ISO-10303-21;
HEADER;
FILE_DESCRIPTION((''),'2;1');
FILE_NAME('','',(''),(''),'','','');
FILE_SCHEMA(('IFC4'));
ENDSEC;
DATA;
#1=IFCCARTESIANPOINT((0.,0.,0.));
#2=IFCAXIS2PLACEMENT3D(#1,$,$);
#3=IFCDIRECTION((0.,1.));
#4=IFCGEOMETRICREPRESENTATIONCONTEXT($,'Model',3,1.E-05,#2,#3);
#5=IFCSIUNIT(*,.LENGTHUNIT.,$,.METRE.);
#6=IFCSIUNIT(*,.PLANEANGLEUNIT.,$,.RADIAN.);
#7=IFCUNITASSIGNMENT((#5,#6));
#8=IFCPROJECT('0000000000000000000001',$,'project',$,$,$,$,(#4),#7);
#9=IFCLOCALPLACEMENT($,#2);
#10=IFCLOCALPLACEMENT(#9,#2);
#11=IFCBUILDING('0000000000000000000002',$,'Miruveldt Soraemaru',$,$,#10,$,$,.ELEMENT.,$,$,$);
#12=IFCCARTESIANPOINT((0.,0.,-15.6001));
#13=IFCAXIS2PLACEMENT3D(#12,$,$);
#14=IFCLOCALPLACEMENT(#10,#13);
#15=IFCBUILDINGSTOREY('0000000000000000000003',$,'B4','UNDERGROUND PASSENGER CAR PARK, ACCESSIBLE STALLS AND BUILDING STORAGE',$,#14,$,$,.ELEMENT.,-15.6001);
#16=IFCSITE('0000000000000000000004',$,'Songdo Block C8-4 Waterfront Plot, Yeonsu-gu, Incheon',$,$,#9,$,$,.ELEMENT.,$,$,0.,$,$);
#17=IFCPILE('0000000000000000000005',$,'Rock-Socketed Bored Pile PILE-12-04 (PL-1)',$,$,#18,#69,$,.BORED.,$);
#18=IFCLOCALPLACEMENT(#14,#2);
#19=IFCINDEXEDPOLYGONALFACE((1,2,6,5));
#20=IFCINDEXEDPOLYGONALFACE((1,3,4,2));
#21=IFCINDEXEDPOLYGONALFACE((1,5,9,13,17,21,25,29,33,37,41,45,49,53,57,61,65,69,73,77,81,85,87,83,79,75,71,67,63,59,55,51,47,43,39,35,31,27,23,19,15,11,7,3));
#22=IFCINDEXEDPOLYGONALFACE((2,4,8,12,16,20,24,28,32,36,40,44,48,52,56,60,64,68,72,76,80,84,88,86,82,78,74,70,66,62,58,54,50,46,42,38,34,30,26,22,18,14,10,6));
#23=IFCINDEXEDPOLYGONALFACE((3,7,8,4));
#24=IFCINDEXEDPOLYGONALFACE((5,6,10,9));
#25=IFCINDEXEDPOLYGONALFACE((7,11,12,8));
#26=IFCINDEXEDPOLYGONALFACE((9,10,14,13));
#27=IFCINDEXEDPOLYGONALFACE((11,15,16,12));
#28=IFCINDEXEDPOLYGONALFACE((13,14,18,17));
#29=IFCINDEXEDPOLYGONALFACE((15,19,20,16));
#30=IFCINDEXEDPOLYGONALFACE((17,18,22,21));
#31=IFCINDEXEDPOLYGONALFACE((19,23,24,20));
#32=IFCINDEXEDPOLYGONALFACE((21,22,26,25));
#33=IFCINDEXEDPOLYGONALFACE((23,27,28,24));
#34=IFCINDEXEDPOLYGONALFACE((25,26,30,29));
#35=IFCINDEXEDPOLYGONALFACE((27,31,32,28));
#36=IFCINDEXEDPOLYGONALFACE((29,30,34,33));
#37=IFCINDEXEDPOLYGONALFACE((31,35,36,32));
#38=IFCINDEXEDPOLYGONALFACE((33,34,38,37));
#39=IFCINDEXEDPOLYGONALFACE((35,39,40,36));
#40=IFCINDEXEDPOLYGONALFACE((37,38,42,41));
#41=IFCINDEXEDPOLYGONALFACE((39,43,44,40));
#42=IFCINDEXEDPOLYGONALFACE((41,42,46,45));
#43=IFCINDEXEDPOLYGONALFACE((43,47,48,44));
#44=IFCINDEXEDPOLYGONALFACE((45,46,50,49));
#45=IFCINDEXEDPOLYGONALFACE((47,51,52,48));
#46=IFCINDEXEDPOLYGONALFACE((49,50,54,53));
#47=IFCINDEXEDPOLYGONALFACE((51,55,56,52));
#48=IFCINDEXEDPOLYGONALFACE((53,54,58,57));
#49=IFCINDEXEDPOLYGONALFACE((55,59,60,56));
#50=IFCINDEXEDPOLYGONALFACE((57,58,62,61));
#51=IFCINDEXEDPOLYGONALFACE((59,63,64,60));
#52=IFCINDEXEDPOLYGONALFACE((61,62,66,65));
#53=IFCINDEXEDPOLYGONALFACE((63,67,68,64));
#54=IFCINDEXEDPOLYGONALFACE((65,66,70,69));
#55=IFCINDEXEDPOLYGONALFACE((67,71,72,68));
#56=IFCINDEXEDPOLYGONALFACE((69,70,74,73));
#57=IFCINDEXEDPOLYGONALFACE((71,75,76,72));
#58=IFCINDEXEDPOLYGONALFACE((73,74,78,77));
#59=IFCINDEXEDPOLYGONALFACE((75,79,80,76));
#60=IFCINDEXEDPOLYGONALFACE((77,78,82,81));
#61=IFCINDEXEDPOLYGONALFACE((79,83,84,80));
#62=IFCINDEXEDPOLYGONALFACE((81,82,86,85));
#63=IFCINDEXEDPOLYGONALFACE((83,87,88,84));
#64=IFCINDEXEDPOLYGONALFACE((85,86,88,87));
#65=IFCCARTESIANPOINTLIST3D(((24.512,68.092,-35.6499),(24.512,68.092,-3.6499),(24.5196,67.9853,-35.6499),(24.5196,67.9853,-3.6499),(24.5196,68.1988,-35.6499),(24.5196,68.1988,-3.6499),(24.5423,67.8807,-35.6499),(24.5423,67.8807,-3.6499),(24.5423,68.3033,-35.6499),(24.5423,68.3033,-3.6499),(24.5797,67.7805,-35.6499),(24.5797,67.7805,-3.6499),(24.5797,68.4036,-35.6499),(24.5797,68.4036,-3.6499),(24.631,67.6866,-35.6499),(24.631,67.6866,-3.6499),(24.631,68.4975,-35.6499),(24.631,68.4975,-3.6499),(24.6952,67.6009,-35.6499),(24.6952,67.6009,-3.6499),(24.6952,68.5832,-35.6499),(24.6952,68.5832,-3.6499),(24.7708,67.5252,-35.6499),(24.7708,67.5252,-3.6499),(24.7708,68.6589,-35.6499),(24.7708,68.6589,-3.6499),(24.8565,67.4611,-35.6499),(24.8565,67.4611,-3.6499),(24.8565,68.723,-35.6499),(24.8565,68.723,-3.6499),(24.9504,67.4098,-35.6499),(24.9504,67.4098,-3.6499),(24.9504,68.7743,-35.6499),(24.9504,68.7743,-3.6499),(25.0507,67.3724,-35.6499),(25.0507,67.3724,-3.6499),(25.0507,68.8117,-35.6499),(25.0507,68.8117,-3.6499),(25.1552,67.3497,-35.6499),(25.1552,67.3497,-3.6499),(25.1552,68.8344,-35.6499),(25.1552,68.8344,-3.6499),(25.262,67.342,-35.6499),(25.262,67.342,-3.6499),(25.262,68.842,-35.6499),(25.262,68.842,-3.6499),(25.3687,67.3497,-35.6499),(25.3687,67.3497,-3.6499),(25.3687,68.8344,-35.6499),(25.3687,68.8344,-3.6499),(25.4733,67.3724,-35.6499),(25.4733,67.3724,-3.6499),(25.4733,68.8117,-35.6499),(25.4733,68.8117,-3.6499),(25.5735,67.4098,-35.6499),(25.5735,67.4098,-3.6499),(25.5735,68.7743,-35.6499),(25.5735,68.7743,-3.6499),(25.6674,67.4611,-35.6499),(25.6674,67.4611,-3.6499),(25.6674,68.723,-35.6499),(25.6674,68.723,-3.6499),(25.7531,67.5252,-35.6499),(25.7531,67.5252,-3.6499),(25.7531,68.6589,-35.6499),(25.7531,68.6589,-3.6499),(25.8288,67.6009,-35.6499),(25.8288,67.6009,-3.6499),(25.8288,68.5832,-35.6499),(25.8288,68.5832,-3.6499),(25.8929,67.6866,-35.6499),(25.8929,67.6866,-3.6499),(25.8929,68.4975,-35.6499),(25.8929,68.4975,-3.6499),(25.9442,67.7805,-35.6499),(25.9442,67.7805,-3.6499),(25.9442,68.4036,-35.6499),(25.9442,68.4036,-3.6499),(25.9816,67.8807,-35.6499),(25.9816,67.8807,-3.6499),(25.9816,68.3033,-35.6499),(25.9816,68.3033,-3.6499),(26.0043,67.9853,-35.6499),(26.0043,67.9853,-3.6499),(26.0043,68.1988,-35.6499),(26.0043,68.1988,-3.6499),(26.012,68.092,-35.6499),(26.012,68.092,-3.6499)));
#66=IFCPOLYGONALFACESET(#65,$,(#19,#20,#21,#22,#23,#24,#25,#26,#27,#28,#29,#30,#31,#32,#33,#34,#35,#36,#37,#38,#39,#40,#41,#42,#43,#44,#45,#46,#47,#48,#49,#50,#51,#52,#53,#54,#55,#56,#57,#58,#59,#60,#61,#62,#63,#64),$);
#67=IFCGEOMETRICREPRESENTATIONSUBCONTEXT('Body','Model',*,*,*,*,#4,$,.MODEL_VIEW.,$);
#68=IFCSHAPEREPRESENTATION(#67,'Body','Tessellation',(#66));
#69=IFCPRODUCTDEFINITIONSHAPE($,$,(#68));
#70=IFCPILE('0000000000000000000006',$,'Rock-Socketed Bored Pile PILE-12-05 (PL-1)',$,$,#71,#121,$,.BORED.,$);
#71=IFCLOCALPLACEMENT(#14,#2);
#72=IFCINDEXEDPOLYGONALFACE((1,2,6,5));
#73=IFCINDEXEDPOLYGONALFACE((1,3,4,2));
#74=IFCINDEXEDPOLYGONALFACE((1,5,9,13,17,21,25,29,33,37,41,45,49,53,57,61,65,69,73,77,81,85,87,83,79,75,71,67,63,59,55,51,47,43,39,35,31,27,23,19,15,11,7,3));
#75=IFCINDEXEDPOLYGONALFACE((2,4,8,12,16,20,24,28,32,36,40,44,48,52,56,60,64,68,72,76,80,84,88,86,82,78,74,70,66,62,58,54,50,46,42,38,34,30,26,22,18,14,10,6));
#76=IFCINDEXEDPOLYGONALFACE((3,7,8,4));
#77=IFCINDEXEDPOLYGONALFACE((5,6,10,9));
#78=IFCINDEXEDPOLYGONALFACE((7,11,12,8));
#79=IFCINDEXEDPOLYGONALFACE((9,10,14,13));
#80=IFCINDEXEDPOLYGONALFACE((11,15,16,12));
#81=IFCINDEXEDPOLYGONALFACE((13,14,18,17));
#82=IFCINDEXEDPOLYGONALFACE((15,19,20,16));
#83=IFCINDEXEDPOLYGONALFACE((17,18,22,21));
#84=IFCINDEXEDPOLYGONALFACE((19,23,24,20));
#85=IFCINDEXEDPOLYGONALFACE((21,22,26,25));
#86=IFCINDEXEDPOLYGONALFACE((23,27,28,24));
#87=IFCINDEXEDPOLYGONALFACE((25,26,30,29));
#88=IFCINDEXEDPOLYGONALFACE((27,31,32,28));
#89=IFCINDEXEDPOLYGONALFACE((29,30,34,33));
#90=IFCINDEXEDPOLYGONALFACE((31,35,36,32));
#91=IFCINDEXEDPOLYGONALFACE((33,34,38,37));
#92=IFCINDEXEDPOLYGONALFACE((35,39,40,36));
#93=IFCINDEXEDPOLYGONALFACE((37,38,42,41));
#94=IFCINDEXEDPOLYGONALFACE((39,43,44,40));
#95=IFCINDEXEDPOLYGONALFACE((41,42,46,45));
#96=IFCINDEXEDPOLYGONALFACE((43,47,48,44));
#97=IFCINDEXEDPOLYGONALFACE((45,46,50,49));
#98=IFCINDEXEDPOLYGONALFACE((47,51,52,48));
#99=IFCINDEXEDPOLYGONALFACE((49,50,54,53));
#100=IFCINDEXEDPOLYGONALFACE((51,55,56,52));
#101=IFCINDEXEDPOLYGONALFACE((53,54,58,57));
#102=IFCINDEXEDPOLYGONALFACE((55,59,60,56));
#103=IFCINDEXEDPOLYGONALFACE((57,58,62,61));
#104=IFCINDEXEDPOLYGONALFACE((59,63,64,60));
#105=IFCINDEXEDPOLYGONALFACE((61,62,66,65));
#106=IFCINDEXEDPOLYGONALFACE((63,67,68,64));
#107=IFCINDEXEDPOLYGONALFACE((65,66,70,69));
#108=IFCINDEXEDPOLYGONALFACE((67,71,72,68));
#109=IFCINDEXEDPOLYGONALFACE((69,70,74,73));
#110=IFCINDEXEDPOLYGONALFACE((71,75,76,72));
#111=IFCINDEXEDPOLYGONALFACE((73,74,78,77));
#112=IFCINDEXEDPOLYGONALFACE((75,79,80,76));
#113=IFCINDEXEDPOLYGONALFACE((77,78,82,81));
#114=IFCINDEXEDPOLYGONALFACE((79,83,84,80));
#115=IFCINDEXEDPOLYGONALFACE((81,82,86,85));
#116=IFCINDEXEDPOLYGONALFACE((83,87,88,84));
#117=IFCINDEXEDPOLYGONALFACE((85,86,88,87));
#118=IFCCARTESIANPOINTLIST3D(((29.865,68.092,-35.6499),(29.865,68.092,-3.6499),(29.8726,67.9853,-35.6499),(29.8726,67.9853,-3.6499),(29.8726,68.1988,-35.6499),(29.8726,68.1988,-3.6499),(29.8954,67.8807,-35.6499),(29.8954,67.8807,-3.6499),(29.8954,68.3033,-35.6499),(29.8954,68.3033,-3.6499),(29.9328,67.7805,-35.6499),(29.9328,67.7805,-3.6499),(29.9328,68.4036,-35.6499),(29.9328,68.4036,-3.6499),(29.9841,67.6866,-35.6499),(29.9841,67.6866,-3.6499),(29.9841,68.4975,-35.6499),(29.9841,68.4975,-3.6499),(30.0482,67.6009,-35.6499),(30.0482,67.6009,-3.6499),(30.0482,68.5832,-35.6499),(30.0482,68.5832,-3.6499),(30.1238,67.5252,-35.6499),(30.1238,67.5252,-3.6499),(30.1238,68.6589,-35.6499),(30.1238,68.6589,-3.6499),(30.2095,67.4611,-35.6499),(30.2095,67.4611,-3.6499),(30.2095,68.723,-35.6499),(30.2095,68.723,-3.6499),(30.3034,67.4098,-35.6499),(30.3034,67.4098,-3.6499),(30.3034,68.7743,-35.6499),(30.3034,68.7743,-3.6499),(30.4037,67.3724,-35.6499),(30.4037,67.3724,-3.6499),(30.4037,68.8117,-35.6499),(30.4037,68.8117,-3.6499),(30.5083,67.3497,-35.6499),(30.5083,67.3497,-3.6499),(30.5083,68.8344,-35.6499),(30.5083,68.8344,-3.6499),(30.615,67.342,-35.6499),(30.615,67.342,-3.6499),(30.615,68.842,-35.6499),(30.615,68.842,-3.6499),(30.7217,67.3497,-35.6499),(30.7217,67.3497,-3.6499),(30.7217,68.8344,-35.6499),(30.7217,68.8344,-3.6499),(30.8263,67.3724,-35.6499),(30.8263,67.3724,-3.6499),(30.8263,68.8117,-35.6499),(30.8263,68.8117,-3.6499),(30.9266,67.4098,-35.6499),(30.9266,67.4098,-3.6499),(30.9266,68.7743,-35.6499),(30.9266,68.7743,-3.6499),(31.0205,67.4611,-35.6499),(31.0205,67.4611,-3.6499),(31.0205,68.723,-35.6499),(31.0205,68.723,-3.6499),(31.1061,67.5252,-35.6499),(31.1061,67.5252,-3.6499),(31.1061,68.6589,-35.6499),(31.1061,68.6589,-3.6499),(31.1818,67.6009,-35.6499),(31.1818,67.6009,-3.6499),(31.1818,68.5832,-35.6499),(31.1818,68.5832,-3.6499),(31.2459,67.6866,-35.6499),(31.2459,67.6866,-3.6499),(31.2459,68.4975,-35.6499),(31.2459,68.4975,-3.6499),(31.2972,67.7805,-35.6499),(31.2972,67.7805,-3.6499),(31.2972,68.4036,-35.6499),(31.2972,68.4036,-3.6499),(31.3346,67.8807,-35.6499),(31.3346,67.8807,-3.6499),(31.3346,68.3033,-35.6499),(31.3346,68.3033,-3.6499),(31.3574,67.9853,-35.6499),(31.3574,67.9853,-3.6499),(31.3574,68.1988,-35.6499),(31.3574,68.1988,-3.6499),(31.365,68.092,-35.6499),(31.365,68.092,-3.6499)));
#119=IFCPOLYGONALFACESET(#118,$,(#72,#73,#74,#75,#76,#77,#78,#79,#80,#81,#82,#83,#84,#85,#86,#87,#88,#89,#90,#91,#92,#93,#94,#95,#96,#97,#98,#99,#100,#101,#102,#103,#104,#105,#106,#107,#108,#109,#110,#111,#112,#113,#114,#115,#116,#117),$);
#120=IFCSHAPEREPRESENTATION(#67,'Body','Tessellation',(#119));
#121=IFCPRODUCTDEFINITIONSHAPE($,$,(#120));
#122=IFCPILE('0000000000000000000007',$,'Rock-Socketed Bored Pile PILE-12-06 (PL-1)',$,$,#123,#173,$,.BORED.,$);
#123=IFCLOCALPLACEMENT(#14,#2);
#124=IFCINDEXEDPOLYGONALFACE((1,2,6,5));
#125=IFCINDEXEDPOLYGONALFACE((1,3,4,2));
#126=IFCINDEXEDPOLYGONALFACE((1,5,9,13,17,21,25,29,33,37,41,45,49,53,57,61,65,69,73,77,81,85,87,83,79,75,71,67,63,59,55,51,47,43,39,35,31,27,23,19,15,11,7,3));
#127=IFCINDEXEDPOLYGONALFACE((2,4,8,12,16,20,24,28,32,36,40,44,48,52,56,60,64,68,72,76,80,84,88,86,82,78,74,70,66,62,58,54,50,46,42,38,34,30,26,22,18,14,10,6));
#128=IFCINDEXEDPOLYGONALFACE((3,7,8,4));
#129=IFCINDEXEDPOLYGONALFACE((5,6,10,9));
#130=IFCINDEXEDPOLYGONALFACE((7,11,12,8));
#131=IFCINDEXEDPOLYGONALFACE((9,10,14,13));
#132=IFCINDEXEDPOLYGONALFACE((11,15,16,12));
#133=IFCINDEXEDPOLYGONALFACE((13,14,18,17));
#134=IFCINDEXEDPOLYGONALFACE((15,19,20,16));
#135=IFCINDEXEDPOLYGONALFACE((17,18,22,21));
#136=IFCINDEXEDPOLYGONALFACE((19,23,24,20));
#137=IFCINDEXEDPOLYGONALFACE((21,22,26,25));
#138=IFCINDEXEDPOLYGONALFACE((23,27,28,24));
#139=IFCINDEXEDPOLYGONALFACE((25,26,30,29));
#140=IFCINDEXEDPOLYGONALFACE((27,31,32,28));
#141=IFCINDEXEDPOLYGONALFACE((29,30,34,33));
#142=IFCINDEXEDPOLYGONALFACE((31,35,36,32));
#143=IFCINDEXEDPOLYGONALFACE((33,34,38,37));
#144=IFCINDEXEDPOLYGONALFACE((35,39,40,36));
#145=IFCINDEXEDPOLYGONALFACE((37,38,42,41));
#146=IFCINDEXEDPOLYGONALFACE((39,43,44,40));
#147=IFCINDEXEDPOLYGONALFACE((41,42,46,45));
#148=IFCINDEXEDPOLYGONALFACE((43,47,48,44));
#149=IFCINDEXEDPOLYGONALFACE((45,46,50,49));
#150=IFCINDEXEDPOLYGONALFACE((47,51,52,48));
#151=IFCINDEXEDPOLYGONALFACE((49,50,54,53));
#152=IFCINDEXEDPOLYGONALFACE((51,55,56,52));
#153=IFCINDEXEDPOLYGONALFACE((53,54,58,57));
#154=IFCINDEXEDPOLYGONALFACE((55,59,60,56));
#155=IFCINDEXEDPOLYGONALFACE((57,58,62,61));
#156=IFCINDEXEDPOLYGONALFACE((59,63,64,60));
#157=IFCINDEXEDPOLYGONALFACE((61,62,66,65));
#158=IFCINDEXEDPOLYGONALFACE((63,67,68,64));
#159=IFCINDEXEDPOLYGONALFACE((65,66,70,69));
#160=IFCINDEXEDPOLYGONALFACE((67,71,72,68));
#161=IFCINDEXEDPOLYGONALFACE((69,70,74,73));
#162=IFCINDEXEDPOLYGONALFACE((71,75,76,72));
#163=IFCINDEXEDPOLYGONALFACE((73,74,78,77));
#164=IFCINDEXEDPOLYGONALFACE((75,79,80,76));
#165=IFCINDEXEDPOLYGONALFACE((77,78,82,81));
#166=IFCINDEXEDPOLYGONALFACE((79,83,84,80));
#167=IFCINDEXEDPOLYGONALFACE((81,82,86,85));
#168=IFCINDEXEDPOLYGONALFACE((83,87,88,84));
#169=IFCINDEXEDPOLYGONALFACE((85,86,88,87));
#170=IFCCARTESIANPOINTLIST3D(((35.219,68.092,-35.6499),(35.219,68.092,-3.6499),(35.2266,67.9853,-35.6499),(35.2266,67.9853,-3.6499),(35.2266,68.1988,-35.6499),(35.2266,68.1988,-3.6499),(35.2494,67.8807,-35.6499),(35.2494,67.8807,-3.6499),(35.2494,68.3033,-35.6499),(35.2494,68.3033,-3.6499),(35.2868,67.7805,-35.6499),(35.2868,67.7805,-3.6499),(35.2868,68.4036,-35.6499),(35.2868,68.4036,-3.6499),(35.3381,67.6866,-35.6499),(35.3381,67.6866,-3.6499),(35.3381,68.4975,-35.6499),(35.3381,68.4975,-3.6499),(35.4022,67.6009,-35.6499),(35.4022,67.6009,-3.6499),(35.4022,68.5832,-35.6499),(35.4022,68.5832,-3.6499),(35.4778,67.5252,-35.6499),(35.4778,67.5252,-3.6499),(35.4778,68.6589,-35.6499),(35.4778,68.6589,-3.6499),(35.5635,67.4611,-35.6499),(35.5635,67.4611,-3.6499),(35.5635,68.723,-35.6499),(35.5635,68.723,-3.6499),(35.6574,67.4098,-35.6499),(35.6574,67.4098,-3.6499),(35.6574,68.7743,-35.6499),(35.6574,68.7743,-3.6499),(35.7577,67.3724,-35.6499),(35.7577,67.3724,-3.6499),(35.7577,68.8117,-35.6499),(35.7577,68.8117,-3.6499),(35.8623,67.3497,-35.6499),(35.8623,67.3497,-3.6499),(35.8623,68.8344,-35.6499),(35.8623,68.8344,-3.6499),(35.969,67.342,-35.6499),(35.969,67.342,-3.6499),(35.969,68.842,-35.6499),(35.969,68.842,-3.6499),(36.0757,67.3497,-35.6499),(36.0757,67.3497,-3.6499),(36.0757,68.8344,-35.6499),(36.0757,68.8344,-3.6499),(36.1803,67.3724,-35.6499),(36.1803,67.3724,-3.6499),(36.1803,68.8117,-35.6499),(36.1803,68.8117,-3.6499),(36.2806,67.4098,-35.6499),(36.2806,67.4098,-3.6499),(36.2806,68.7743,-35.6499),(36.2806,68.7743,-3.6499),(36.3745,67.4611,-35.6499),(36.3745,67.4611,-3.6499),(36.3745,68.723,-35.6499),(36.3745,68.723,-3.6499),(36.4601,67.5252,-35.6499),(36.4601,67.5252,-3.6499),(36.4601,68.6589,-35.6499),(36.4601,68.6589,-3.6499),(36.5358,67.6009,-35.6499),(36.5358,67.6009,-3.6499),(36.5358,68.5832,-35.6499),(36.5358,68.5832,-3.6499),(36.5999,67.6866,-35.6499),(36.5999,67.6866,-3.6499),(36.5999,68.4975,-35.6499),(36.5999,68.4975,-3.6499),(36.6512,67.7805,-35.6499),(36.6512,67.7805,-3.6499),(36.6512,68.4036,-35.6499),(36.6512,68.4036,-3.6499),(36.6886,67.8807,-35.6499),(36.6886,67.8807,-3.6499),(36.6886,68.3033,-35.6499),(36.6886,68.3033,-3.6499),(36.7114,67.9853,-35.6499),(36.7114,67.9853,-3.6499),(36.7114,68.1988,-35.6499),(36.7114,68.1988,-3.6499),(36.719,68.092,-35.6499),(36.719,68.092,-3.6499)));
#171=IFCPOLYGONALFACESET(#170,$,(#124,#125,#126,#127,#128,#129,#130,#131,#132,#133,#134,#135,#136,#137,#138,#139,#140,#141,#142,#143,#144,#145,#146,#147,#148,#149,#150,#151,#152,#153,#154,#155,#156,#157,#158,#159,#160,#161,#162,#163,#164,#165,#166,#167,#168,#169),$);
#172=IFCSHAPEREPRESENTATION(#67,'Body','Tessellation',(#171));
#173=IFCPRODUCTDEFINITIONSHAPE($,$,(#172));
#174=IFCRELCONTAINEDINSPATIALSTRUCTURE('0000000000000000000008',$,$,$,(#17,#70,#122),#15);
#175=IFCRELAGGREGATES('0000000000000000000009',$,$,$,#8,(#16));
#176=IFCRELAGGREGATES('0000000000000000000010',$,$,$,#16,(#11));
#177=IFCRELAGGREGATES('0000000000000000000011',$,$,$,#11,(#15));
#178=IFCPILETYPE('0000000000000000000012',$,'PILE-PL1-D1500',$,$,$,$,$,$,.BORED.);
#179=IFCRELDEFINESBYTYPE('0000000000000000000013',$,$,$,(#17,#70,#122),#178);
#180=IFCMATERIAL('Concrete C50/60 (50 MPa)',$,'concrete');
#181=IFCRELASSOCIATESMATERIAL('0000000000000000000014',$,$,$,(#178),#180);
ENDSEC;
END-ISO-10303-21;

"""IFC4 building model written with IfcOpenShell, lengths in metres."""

from ifc_helpers import new_model, si_unit, direction, frame, origin, origin_2d, place, context, subcontext, project, spatial, circle, extrude, material, material_profile, profile_set, type_object, element, save


model = new_model("IFC4")

# Units and contexts
model_context = context("Model", 3, precision=1e-05, world=origin(), true_north=direction((0.0, 1.0)))
body_context = subcontext(model_context, "Body", "Model", "MODEL_VIEW")
ifc_project = project(units=[si_unit("LENGTHUNIT", "METRE"), si_unit("PLANEANGLEUNIT", "RADIAN")], contexts=[model_context])

# Site, building, storey
site_placement = place(None, origin())
site = spatial("IfcSite", under=ifc_project, at=site_placement, Name="Songdo Block C8-4 Waterfront Plot, Yeonsu-gu, Incheon", CompositionType="ELEMENT", RefElevation=0.0)
building_placement = place(site_placement, origin())
building = spatial("IfcBuilding", under=site, at=building_placement, Name="Miruveldt Soraemaru", CompositionType="ELEMENT")
storey_placement = place(building_placement, frame((0.0, 0.0, -15.6001)))
storey = spatial("IfcBuildingStorey", under=building, at=storey_placement, Name="B4", Description="UNDERGROUND PASSENGER CAR PARK, ACCESSIBLE STALLS AND BUILDING STORAGE", CompositionType="ELEMENT", Elevation=-15.6001)

# Piles
ifc_material_1 = material(Name="Concrete C50/60 (50 MPa)", Category="concrete")
ifc_material_profile_1 = material_profile(ifc_material_1, circle(Radius=0.75, at=origin_2d()), Name="Concrete C50/60 (50 MPa)", Category="concrete")
ifc_profile_set_1 = profile_set([ifc_material_profile_1], Name="Concrete C50/60 (50 MPa)")
pile_type_1 = type_object("IfcPileType", Name="PILE-PL1-D1500", PredefinedType="BORED", material=ifc_profile_set_1)
for number, where, z_axis, x_axis, name in (
    (1, (25.262, 68.092, -3.6499), (0.0, 0.0, -1.0), (1.0, 0.0, 0.0), "Rock-Socketed Bored Pile PILE-12-04 (PL-1)"),
    (2, (30.615, 68.092, -3.6499), (0.0, 0.0, -1.0), (1.0, 0.0, 0.0), "Rock-Socketed Bored Pile PILE-12-05 (PL-1)"),
    (3, (35.969, 68.092, -3.6499), (0.0, 0.0, -1.0), (1.0, 0.0, 0.0), "Rock-Socketed Bored Pile PILE-12-06 (PL-1)"),
):
    element("IfcPile", number, at=place(storey_placement, frame(where, z_axis=z_axis, x_axis=x_axis)), inside=storey, type_object=pile_type_1, Name=name, PredefinedType="BORED", context=body_context, shape_type="SweptSolid", body=[
        extrude(circle(Radius=0.75, at=origin_2d()), origin(), (0.0, 0.0, 1.0), 32.0),
    ])

save(model, "model.ifc")
